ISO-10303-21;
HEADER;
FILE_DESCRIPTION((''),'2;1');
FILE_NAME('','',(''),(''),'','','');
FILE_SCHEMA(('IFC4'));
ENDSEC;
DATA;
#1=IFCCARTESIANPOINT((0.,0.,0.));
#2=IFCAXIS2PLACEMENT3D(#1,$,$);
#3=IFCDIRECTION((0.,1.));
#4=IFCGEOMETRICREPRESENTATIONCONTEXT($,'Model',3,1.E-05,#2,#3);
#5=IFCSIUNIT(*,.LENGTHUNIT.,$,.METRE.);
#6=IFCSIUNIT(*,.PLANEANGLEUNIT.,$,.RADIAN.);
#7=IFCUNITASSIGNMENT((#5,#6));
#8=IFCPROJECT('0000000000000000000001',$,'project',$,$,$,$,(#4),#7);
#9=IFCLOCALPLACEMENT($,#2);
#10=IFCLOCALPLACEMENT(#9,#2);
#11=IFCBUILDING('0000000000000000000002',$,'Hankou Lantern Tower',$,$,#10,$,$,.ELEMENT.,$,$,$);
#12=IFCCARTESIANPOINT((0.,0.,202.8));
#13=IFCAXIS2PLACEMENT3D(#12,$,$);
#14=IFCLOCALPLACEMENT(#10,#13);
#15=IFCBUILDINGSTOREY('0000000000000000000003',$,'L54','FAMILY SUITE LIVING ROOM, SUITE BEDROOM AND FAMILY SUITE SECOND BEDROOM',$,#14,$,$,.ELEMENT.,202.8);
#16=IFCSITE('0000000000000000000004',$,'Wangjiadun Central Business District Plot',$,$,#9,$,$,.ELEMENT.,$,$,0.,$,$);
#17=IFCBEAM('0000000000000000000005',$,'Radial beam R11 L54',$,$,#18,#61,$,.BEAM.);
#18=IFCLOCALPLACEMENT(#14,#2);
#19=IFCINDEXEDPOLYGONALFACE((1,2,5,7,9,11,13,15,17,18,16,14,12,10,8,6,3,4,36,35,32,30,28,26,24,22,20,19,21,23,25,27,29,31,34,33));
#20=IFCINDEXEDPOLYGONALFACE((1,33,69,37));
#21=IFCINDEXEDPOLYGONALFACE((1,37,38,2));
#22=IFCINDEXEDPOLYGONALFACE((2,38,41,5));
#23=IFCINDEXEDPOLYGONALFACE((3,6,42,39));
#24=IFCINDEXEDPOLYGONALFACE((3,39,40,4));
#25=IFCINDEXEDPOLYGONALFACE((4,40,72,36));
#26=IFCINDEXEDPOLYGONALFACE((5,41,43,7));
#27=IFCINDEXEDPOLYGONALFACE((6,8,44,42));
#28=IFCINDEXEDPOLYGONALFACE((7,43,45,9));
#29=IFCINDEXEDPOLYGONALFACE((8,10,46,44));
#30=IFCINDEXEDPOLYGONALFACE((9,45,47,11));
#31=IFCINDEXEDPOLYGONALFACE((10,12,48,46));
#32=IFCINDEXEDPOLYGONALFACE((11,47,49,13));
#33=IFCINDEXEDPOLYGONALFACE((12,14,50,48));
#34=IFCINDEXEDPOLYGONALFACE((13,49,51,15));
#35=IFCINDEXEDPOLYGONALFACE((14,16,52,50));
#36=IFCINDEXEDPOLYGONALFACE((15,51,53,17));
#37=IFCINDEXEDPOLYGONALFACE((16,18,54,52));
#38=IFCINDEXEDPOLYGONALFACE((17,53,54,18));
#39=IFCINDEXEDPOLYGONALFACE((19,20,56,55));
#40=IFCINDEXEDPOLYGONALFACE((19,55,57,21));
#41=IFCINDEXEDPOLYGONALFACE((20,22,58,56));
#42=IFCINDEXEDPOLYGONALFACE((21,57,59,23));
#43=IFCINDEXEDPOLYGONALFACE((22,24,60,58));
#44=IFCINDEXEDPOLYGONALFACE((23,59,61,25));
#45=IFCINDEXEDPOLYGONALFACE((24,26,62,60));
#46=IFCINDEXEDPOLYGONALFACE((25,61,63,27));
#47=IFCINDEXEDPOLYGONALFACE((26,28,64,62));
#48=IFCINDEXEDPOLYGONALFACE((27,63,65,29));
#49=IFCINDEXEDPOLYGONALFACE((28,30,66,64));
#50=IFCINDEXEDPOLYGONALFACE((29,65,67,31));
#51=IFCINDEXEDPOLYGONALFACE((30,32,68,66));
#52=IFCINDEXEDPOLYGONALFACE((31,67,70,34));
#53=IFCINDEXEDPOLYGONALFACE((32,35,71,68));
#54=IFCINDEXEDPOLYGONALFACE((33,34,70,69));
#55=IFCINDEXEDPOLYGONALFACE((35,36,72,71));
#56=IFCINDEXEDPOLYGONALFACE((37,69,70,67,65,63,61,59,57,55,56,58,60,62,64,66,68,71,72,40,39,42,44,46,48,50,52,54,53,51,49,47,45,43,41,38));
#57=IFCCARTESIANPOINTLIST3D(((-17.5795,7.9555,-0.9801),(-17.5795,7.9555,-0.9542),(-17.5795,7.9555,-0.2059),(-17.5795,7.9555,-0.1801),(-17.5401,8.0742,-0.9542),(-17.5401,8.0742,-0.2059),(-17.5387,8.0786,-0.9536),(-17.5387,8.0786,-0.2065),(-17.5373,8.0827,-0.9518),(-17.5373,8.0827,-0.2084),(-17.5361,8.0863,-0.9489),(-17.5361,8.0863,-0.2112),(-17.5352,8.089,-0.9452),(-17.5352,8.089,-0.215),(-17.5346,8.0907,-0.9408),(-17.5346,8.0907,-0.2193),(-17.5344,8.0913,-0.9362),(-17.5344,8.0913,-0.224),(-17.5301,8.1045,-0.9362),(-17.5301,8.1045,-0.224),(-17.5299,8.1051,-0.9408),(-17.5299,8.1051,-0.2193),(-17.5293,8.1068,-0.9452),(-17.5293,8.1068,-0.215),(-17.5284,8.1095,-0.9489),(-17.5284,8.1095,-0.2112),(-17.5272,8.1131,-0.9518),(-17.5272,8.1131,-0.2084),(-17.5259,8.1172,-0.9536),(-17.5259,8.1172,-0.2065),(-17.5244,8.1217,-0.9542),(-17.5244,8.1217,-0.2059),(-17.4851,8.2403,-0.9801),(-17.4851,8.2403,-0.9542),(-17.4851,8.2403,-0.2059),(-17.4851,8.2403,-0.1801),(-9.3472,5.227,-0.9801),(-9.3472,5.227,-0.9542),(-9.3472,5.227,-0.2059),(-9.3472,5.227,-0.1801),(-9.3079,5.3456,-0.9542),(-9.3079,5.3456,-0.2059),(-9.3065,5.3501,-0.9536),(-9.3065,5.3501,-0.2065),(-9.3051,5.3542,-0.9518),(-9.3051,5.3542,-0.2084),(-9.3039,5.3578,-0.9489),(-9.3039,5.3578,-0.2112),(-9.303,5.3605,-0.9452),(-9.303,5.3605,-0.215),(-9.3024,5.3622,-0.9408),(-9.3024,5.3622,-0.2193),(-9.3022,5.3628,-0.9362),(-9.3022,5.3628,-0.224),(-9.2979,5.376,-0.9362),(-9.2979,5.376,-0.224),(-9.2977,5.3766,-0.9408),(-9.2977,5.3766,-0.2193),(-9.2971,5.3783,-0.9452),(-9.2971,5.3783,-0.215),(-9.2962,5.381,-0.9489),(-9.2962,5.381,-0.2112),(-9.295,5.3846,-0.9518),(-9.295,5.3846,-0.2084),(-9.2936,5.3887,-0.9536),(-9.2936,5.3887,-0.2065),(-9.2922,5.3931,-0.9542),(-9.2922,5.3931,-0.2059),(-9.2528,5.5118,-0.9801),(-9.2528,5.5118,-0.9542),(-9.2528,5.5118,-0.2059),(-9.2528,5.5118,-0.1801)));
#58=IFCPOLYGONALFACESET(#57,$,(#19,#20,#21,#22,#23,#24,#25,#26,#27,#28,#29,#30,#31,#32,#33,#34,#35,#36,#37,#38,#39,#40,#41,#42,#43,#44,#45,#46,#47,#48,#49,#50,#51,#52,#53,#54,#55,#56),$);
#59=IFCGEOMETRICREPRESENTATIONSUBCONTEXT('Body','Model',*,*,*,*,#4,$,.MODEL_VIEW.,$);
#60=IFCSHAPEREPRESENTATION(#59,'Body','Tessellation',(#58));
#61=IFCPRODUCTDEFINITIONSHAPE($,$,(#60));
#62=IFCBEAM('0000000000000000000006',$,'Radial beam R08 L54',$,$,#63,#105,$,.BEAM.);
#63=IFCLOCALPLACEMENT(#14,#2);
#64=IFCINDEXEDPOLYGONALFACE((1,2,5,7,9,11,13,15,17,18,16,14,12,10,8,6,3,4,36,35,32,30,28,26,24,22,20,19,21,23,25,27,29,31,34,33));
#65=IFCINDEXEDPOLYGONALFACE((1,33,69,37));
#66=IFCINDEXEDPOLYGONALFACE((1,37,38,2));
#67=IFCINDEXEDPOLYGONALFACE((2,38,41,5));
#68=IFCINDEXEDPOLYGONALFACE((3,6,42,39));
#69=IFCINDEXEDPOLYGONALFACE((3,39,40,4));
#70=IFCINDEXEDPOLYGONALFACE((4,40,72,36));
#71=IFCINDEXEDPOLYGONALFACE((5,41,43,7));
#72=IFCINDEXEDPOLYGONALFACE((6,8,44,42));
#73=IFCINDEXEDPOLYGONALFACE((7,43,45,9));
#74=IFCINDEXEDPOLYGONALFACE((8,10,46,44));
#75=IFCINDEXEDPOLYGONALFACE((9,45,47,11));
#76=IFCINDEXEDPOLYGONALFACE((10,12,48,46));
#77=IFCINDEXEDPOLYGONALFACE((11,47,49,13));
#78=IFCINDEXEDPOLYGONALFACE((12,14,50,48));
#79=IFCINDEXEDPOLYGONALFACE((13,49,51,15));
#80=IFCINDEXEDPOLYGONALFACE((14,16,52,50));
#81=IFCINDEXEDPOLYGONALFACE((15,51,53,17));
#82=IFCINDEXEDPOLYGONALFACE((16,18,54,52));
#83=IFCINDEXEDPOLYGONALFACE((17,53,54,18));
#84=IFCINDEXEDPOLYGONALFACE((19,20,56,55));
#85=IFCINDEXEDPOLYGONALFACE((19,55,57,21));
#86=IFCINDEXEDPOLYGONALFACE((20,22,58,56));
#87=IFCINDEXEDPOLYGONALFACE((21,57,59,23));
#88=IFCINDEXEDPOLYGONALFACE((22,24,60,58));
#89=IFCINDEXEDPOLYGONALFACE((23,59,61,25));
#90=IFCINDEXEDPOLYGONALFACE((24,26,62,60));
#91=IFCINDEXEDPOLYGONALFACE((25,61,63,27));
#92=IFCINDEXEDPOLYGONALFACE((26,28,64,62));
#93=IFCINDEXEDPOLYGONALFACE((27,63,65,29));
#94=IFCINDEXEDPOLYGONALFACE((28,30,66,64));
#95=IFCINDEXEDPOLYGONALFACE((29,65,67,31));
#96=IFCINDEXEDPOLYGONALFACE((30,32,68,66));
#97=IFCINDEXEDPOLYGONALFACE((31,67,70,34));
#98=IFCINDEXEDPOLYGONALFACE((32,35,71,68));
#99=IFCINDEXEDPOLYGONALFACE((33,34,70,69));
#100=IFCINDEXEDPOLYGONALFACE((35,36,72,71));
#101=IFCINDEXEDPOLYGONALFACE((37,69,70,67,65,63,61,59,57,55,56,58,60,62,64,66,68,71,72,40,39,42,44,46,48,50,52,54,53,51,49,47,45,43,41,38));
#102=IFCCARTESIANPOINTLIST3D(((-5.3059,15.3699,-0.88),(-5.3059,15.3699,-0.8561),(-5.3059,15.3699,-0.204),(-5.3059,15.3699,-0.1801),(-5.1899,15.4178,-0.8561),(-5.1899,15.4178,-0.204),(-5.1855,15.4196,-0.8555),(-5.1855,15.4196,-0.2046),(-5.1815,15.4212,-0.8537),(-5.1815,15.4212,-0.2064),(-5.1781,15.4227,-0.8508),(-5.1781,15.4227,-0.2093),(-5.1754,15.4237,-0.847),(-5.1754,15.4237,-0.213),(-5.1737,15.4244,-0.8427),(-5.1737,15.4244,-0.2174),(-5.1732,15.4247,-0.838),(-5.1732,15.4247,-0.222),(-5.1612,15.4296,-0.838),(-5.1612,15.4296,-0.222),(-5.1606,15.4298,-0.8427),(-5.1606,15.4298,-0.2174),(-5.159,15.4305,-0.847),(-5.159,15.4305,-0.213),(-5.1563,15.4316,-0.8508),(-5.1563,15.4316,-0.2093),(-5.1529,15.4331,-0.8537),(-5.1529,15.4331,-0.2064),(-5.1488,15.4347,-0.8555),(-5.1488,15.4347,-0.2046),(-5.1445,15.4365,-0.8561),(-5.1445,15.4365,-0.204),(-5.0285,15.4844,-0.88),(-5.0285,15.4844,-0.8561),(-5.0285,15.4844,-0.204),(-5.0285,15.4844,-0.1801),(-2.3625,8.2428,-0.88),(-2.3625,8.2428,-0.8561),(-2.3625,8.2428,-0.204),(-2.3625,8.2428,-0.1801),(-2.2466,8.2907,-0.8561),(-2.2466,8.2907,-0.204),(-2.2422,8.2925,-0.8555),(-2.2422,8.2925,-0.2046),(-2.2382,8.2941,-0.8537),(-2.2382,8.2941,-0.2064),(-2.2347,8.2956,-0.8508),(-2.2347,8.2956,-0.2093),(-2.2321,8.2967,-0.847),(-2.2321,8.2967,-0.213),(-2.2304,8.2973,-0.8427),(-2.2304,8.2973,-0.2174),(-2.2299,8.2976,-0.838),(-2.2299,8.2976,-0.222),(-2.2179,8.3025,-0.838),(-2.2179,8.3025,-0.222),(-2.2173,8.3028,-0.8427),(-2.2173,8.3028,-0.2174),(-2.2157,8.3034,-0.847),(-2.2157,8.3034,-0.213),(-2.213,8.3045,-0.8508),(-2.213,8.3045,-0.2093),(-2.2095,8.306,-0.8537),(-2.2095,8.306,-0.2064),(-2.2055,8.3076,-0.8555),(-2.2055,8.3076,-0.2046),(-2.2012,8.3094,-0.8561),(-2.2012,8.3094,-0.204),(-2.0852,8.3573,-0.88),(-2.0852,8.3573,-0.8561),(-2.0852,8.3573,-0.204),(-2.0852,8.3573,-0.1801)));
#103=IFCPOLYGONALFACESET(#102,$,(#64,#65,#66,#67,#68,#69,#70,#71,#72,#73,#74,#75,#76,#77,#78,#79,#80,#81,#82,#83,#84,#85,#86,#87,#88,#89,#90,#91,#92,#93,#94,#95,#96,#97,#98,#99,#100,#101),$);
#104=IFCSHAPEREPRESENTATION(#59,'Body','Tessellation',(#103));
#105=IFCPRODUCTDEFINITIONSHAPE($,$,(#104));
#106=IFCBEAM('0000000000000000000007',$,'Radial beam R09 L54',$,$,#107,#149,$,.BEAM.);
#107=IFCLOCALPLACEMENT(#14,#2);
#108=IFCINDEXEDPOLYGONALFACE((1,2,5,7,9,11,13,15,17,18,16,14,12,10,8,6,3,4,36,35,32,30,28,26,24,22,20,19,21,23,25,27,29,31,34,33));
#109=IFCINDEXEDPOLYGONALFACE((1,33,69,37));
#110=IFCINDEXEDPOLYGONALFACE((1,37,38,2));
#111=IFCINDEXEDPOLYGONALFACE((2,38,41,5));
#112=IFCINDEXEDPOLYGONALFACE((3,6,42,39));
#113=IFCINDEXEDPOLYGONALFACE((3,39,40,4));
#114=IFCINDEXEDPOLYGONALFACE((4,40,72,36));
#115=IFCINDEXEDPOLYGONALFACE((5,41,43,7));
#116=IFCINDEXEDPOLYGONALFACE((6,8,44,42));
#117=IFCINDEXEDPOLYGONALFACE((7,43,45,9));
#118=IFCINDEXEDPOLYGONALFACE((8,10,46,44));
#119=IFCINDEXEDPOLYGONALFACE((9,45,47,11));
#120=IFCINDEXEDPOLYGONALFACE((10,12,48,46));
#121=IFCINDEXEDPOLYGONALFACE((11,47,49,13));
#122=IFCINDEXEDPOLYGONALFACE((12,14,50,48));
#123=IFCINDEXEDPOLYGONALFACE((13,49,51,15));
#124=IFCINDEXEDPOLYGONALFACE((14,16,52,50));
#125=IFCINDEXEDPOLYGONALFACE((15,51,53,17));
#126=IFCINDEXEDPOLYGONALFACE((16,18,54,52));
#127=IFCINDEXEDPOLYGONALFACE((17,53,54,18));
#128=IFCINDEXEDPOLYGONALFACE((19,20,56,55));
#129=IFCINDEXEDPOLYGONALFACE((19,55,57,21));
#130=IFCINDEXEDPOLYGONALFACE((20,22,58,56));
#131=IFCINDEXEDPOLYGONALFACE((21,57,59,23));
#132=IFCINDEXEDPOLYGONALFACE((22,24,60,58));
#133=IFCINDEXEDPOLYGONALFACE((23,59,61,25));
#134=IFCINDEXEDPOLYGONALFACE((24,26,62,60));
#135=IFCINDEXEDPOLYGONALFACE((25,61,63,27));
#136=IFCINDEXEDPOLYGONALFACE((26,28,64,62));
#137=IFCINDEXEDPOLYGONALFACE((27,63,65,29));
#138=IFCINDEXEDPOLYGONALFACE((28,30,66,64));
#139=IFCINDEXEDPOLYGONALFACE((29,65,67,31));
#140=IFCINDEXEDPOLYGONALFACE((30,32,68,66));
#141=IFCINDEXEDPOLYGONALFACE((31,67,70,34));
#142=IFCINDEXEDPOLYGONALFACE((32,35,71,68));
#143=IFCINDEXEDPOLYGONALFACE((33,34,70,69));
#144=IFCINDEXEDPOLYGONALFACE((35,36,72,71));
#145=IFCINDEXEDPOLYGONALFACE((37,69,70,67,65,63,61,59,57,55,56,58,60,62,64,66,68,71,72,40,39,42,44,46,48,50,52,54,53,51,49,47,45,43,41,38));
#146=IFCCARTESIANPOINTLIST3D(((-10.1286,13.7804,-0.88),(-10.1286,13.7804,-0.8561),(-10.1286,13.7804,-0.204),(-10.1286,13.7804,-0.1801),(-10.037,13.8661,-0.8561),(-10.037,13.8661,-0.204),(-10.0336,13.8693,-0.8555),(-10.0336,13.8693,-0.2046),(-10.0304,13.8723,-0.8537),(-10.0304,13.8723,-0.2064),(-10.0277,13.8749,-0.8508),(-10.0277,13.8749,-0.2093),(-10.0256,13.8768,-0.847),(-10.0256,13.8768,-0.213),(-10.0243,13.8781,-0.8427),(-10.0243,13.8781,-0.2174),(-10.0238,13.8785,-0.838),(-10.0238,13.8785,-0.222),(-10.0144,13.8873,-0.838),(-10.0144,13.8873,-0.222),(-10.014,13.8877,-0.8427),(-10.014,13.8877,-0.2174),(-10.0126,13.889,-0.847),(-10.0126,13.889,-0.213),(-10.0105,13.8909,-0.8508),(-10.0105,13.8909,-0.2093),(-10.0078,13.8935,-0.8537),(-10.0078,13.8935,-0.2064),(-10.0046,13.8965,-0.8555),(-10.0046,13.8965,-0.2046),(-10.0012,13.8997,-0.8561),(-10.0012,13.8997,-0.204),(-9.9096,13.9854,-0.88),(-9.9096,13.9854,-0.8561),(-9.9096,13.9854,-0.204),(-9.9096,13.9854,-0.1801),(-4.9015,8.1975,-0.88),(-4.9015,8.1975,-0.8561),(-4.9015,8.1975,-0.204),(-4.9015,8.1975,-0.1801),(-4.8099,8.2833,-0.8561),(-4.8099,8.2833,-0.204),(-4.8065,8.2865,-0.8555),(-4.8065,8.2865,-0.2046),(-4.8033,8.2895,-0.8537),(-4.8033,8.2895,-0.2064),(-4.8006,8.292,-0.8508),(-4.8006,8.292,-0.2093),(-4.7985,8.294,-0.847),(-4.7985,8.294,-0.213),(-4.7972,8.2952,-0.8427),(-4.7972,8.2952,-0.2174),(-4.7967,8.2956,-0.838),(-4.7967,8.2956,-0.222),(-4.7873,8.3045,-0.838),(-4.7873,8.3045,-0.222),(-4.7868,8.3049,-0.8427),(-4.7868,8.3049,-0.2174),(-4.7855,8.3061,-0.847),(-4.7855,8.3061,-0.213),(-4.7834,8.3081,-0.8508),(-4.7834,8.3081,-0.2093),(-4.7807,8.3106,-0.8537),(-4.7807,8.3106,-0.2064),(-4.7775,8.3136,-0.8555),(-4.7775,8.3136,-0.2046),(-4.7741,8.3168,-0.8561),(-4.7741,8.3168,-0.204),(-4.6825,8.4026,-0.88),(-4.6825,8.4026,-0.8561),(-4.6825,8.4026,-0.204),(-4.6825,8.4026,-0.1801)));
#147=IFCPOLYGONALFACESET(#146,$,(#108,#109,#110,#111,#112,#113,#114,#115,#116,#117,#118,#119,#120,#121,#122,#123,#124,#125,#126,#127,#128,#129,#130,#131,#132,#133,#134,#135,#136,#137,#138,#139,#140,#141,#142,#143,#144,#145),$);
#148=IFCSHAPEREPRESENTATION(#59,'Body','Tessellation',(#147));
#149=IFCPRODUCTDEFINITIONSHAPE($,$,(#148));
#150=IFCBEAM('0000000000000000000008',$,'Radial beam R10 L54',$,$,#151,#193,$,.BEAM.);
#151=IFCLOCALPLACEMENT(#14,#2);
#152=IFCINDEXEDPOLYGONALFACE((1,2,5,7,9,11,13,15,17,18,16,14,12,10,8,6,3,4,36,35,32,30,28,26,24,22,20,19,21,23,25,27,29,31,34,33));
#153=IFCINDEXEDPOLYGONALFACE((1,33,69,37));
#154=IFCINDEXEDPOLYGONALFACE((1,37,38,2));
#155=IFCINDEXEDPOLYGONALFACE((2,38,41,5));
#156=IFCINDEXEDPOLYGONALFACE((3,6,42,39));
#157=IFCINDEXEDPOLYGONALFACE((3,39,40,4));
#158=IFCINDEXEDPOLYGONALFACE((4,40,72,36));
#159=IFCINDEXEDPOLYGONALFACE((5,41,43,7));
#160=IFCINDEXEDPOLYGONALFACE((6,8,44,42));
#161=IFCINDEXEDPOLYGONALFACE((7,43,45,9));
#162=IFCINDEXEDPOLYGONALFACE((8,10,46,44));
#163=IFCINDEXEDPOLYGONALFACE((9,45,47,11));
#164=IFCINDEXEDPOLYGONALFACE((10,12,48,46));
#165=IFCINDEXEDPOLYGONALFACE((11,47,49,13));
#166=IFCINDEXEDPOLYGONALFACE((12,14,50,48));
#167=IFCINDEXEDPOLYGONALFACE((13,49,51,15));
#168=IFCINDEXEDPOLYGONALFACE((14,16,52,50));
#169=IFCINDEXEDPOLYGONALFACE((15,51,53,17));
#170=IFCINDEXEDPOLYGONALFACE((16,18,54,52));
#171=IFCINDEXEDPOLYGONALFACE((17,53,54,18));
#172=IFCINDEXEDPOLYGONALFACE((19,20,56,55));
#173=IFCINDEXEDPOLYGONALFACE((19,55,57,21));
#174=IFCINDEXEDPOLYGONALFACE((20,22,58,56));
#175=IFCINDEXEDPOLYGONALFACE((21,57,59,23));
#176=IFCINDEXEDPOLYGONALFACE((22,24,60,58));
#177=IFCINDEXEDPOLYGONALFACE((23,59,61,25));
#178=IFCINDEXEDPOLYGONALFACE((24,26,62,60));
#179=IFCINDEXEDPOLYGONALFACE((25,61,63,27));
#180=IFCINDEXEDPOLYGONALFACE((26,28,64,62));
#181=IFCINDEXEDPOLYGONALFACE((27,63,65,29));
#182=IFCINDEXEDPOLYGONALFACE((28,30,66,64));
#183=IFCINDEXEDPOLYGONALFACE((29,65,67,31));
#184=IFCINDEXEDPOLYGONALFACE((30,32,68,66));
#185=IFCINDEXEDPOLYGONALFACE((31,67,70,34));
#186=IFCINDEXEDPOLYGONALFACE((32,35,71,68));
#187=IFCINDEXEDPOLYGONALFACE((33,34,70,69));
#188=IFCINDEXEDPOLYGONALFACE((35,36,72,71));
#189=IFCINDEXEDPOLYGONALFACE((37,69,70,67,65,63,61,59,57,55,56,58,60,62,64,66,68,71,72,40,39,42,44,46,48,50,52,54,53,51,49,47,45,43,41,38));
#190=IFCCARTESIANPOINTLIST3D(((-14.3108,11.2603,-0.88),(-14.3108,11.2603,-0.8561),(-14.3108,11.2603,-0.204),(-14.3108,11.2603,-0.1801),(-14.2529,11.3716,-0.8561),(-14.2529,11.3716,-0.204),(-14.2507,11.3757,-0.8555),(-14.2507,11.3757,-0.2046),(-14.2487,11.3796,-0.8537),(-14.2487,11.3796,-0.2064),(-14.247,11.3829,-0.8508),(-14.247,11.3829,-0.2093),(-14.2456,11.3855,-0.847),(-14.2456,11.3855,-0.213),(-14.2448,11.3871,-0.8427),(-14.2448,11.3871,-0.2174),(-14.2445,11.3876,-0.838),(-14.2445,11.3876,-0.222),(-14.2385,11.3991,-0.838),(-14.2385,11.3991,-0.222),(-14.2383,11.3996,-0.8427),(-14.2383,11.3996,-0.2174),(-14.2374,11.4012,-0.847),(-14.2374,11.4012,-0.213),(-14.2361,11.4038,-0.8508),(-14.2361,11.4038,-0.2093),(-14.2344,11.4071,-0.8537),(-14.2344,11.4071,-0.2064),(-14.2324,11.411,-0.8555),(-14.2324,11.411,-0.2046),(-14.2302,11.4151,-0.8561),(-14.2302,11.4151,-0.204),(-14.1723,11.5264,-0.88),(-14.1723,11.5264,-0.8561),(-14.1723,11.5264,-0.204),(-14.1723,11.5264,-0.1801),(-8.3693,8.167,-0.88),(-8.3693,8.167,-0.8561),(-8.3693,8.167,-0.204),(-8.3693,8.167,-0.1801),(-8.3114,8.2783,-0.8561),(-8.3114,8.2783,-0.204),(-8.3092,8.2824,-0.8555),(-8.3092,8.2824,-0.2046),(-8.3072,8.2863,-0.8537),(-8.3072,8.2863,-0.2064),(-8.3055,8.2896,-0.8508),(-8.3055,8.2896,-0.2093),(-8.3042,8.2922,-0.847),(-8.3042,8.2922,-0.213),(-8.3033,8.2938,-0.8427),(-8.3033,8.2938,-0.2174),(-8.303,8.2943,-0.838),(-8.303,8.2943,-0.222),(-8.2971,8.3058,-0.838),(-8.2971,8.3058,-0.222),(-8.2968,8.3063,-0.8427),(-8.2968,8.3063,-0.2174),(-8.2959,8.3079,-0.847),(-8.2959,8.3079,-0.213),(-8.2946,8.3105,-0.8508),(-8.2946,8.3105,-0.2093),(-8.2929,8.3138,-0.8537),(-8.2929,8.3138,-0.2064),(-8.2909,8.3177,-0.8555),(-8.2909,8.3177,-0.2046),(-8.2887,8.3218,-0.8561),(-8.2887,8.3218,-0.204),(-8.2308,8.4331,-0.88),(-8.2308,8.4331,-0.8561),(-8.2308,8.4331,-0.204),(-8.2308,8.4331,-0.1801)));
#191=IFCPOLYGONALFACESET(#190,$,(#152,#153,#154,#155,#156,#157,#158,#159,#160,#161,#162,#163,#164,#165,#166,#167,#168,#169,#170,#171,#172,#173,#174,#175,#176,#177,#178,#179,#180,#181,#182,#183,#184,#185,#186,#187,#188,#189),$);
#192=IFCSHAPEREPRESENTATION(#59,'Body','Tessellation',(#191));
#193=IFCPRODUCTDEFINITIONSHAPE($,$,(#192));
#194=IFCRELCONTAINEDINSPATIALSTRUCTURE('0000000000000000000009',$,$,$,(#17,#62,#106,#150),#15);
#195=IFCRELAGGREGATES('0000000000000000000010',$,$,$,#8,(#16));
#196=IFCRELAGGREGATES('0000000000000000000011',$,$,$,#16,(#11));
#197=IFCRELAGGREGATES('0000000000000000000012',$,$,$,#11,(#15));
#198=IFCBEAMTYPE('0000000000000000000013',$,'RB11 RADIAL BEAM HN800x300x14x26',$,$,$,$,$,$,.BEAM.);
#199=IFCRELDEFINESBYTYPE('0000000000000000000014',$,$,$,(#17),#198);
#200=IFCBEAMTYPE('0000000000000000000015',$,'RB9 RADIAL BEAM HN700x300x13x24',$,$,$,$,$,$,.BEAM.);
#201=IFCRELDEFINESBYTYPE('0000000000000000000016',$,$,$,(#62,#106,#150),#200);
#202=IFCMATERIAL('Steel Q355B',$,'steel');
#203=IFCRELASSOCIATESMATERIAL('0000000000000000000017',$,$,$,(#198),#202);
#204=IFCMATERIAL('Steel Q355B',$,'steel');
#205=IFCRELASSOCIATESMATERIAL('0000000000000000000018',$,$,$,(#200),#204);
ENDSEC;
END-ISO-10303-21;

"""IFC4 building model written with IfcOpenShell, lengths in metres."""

from ifc_helpers import new_model, si_unit, direction, frame, origin, origin_2d, place, context, subcontext, project, spatial, i_section, extrude, material, material_profile, profile_set, type_object, element, save


model = new_model("IFC4")

# Units and contexts
model_context = context("Model", 3, precision=1e-05, world=origin(), true_north=direction((0.0, 1.0)))
body_context = subcontext(model_context, "Body", "Model", "MODEL_VIEW")
ifc_project = project(units=[si_unit("LENGTHUNIT", "METRE"), si_unit("PLANEANGLEUNIT", "RADIAN")], contexts=[model_context])

# Site, building, storey
site_placement = place(None, origin())
site = spatial("IfcSite", under=ifc_project, at=site_placement, Name="Wangjiadun Central Business District Plot", CompositionType="ELEMENT", RefElevation=0.0)
building_placement = place(site_placement, origin())
building = spatial("IfcBuilding", under=site, at=building_placement, Name="Hankou Lantern Tower", CompositionType="ELEMENT")
storey_placement = place(building_placement, frame((0.0, 0.0, 202.8)))
storey = spatial("IfcBuildingStorey", under=building, at=storey_placement, Name="L54", Description="FAMILY SUITE LIVING ROOM, SUITE BEDROOM AND FAMILY SUITE SECOND BEDROOM", CompositionType="ELEMENT", Elevation=202.8)

# Beams
ifc_material_1 = material(Name="Steel Q355B", Category="steel")
ifc_material_profile_1 = material_profile(ifc_material_1, i_section(OverallWidth=0.3, OverallDepth=0.8, WebThickness=0.0139, FlangeThickness=0.0259, FilletRadius=0.0181, at=origin_2d()), Name="HN800x300x14x26")
ifc_profile_set_1 = profile_set([ifc_material_profile_1], Name="Steel Q355B")
beam_type_1 = type_object("IfcBeamType", Name="RB11 RADIAL BEAM HN800x300x14x26", PredefinedType="BEAM", material=ifc_profile_set_1)
beam_1_placement = place(storey_placement, frame((-9.3, 5.3694, -0.5801), z_axis=(-0.94922, 0.314614, 0.0), x_axis=(-0.314614, -0.94922, 0.0)))
element("IfcBeam", 1, at=beam_1_placement, inside=storey, type_object=beam_type_1, Name="Radial beam R11 L54", PredefinedType="BEAM", context=body_context, shape_type="SweptSolid", body=[
    extrude(i_section(OverallWidth=0.3, OverallDepth=0.8, WebThickness=0.0139, FlangeThickness=0.0259, FilletRadius=0.0181, at=origin_2d()), origin(), (0.0, 0.0, 1.0), 8.6726),
])
ifc_material_2 = material(Name="Steel Q355B", Category="steel")
ifc_material_profile_2 = material_profile(ifc_material_2, i_section(OverallWidth=0.3, OverallDepth=0.7, WebThickness=0.0129, FlangeThickness=0.0239, FilletRadius=0.0181, at=origin_2d()), Name="HN700x300x13x24")
ifc_profile_set_2 = profile_set([ifc_material_profile_2], Name="Steel Q355B")
beam_type_2 = type_object("IfcBeamType", Name="RB9 RADIAL BEAM HN700x300x13x24", PredefinedType="BEAM", material=ifc_profile_set_2)
beam_2_placement = place(storey_placement, frame((-2.2239, 8.3, -0.53), z_axis=(-0.381707, 0.924284, 0.0), x_axis=(-0.924284, -0.381707, 0.0)))
element("IfcBeam", 2, at=beam_2_placement, inside=storey, type_object=beam_type_2, Name="Radial beam R08 L54", PredefinedType="BEAM", context=body_context, shape_type="SweptSolid", body=[
    extrude(i_section(OverallWidth=0.3, OverallDepth=0.7, WebThickness=0.0129, FlangeThickness=0.0239, FilletRadius=0.0181, at=origin_2d()), origin(), (0.0, 0.0, 1.0), 7.7109),
])
beam_3_placement = place(storey_placement, frame((-4.792, 8.3, -0.53), z_axis=(-0.683468, 0.72998, 0.0), x_axis=(-0.72998, -0.683468, 0.0)))
element("IfcBeam", 3, at=beam_3_placement, inside=storey, type_object=beam_type_2, Name="Radial beam R09 L54", PredefinedType="BEAM", context=body_context, shape_type="SweptSolid", body=[
    extrude(i_section(OverallWidth=0.3, OverallDepth=0.7, WebThickness=0.0129, FlangeThickness=0.0239, FilletRadius=0.0181, at=origin_2d()), origin(), (0.0, 0.0, 1.0), 7.6479),
])
beam_4_placement = place(storey_placement, frame((-8.3, 8.3, -0.53), z_axis=(-0.886989, 0.461791, 0.0), x_axis=(-0.461791, -0.886989, 0.0)))
element("IfcBeam", 4, at=beam_4_placement, inside=storey, type_object=beam_type_2, Name="Radial beam R10 L54", PredefinedType="BEAM", context=body_context, shape_type="SweptSolid", body=[
    extrude(i_section(OverallWidth=0.3, OverallDepth=0.7, WebThickness=0.0129, FlangeThickness=0.0239, FilletRadius=0.0181, at=origin_2d()), origin(), (0.0, 0.0, 1.0), 6.6985),
])

save(model, "model.ifc")
